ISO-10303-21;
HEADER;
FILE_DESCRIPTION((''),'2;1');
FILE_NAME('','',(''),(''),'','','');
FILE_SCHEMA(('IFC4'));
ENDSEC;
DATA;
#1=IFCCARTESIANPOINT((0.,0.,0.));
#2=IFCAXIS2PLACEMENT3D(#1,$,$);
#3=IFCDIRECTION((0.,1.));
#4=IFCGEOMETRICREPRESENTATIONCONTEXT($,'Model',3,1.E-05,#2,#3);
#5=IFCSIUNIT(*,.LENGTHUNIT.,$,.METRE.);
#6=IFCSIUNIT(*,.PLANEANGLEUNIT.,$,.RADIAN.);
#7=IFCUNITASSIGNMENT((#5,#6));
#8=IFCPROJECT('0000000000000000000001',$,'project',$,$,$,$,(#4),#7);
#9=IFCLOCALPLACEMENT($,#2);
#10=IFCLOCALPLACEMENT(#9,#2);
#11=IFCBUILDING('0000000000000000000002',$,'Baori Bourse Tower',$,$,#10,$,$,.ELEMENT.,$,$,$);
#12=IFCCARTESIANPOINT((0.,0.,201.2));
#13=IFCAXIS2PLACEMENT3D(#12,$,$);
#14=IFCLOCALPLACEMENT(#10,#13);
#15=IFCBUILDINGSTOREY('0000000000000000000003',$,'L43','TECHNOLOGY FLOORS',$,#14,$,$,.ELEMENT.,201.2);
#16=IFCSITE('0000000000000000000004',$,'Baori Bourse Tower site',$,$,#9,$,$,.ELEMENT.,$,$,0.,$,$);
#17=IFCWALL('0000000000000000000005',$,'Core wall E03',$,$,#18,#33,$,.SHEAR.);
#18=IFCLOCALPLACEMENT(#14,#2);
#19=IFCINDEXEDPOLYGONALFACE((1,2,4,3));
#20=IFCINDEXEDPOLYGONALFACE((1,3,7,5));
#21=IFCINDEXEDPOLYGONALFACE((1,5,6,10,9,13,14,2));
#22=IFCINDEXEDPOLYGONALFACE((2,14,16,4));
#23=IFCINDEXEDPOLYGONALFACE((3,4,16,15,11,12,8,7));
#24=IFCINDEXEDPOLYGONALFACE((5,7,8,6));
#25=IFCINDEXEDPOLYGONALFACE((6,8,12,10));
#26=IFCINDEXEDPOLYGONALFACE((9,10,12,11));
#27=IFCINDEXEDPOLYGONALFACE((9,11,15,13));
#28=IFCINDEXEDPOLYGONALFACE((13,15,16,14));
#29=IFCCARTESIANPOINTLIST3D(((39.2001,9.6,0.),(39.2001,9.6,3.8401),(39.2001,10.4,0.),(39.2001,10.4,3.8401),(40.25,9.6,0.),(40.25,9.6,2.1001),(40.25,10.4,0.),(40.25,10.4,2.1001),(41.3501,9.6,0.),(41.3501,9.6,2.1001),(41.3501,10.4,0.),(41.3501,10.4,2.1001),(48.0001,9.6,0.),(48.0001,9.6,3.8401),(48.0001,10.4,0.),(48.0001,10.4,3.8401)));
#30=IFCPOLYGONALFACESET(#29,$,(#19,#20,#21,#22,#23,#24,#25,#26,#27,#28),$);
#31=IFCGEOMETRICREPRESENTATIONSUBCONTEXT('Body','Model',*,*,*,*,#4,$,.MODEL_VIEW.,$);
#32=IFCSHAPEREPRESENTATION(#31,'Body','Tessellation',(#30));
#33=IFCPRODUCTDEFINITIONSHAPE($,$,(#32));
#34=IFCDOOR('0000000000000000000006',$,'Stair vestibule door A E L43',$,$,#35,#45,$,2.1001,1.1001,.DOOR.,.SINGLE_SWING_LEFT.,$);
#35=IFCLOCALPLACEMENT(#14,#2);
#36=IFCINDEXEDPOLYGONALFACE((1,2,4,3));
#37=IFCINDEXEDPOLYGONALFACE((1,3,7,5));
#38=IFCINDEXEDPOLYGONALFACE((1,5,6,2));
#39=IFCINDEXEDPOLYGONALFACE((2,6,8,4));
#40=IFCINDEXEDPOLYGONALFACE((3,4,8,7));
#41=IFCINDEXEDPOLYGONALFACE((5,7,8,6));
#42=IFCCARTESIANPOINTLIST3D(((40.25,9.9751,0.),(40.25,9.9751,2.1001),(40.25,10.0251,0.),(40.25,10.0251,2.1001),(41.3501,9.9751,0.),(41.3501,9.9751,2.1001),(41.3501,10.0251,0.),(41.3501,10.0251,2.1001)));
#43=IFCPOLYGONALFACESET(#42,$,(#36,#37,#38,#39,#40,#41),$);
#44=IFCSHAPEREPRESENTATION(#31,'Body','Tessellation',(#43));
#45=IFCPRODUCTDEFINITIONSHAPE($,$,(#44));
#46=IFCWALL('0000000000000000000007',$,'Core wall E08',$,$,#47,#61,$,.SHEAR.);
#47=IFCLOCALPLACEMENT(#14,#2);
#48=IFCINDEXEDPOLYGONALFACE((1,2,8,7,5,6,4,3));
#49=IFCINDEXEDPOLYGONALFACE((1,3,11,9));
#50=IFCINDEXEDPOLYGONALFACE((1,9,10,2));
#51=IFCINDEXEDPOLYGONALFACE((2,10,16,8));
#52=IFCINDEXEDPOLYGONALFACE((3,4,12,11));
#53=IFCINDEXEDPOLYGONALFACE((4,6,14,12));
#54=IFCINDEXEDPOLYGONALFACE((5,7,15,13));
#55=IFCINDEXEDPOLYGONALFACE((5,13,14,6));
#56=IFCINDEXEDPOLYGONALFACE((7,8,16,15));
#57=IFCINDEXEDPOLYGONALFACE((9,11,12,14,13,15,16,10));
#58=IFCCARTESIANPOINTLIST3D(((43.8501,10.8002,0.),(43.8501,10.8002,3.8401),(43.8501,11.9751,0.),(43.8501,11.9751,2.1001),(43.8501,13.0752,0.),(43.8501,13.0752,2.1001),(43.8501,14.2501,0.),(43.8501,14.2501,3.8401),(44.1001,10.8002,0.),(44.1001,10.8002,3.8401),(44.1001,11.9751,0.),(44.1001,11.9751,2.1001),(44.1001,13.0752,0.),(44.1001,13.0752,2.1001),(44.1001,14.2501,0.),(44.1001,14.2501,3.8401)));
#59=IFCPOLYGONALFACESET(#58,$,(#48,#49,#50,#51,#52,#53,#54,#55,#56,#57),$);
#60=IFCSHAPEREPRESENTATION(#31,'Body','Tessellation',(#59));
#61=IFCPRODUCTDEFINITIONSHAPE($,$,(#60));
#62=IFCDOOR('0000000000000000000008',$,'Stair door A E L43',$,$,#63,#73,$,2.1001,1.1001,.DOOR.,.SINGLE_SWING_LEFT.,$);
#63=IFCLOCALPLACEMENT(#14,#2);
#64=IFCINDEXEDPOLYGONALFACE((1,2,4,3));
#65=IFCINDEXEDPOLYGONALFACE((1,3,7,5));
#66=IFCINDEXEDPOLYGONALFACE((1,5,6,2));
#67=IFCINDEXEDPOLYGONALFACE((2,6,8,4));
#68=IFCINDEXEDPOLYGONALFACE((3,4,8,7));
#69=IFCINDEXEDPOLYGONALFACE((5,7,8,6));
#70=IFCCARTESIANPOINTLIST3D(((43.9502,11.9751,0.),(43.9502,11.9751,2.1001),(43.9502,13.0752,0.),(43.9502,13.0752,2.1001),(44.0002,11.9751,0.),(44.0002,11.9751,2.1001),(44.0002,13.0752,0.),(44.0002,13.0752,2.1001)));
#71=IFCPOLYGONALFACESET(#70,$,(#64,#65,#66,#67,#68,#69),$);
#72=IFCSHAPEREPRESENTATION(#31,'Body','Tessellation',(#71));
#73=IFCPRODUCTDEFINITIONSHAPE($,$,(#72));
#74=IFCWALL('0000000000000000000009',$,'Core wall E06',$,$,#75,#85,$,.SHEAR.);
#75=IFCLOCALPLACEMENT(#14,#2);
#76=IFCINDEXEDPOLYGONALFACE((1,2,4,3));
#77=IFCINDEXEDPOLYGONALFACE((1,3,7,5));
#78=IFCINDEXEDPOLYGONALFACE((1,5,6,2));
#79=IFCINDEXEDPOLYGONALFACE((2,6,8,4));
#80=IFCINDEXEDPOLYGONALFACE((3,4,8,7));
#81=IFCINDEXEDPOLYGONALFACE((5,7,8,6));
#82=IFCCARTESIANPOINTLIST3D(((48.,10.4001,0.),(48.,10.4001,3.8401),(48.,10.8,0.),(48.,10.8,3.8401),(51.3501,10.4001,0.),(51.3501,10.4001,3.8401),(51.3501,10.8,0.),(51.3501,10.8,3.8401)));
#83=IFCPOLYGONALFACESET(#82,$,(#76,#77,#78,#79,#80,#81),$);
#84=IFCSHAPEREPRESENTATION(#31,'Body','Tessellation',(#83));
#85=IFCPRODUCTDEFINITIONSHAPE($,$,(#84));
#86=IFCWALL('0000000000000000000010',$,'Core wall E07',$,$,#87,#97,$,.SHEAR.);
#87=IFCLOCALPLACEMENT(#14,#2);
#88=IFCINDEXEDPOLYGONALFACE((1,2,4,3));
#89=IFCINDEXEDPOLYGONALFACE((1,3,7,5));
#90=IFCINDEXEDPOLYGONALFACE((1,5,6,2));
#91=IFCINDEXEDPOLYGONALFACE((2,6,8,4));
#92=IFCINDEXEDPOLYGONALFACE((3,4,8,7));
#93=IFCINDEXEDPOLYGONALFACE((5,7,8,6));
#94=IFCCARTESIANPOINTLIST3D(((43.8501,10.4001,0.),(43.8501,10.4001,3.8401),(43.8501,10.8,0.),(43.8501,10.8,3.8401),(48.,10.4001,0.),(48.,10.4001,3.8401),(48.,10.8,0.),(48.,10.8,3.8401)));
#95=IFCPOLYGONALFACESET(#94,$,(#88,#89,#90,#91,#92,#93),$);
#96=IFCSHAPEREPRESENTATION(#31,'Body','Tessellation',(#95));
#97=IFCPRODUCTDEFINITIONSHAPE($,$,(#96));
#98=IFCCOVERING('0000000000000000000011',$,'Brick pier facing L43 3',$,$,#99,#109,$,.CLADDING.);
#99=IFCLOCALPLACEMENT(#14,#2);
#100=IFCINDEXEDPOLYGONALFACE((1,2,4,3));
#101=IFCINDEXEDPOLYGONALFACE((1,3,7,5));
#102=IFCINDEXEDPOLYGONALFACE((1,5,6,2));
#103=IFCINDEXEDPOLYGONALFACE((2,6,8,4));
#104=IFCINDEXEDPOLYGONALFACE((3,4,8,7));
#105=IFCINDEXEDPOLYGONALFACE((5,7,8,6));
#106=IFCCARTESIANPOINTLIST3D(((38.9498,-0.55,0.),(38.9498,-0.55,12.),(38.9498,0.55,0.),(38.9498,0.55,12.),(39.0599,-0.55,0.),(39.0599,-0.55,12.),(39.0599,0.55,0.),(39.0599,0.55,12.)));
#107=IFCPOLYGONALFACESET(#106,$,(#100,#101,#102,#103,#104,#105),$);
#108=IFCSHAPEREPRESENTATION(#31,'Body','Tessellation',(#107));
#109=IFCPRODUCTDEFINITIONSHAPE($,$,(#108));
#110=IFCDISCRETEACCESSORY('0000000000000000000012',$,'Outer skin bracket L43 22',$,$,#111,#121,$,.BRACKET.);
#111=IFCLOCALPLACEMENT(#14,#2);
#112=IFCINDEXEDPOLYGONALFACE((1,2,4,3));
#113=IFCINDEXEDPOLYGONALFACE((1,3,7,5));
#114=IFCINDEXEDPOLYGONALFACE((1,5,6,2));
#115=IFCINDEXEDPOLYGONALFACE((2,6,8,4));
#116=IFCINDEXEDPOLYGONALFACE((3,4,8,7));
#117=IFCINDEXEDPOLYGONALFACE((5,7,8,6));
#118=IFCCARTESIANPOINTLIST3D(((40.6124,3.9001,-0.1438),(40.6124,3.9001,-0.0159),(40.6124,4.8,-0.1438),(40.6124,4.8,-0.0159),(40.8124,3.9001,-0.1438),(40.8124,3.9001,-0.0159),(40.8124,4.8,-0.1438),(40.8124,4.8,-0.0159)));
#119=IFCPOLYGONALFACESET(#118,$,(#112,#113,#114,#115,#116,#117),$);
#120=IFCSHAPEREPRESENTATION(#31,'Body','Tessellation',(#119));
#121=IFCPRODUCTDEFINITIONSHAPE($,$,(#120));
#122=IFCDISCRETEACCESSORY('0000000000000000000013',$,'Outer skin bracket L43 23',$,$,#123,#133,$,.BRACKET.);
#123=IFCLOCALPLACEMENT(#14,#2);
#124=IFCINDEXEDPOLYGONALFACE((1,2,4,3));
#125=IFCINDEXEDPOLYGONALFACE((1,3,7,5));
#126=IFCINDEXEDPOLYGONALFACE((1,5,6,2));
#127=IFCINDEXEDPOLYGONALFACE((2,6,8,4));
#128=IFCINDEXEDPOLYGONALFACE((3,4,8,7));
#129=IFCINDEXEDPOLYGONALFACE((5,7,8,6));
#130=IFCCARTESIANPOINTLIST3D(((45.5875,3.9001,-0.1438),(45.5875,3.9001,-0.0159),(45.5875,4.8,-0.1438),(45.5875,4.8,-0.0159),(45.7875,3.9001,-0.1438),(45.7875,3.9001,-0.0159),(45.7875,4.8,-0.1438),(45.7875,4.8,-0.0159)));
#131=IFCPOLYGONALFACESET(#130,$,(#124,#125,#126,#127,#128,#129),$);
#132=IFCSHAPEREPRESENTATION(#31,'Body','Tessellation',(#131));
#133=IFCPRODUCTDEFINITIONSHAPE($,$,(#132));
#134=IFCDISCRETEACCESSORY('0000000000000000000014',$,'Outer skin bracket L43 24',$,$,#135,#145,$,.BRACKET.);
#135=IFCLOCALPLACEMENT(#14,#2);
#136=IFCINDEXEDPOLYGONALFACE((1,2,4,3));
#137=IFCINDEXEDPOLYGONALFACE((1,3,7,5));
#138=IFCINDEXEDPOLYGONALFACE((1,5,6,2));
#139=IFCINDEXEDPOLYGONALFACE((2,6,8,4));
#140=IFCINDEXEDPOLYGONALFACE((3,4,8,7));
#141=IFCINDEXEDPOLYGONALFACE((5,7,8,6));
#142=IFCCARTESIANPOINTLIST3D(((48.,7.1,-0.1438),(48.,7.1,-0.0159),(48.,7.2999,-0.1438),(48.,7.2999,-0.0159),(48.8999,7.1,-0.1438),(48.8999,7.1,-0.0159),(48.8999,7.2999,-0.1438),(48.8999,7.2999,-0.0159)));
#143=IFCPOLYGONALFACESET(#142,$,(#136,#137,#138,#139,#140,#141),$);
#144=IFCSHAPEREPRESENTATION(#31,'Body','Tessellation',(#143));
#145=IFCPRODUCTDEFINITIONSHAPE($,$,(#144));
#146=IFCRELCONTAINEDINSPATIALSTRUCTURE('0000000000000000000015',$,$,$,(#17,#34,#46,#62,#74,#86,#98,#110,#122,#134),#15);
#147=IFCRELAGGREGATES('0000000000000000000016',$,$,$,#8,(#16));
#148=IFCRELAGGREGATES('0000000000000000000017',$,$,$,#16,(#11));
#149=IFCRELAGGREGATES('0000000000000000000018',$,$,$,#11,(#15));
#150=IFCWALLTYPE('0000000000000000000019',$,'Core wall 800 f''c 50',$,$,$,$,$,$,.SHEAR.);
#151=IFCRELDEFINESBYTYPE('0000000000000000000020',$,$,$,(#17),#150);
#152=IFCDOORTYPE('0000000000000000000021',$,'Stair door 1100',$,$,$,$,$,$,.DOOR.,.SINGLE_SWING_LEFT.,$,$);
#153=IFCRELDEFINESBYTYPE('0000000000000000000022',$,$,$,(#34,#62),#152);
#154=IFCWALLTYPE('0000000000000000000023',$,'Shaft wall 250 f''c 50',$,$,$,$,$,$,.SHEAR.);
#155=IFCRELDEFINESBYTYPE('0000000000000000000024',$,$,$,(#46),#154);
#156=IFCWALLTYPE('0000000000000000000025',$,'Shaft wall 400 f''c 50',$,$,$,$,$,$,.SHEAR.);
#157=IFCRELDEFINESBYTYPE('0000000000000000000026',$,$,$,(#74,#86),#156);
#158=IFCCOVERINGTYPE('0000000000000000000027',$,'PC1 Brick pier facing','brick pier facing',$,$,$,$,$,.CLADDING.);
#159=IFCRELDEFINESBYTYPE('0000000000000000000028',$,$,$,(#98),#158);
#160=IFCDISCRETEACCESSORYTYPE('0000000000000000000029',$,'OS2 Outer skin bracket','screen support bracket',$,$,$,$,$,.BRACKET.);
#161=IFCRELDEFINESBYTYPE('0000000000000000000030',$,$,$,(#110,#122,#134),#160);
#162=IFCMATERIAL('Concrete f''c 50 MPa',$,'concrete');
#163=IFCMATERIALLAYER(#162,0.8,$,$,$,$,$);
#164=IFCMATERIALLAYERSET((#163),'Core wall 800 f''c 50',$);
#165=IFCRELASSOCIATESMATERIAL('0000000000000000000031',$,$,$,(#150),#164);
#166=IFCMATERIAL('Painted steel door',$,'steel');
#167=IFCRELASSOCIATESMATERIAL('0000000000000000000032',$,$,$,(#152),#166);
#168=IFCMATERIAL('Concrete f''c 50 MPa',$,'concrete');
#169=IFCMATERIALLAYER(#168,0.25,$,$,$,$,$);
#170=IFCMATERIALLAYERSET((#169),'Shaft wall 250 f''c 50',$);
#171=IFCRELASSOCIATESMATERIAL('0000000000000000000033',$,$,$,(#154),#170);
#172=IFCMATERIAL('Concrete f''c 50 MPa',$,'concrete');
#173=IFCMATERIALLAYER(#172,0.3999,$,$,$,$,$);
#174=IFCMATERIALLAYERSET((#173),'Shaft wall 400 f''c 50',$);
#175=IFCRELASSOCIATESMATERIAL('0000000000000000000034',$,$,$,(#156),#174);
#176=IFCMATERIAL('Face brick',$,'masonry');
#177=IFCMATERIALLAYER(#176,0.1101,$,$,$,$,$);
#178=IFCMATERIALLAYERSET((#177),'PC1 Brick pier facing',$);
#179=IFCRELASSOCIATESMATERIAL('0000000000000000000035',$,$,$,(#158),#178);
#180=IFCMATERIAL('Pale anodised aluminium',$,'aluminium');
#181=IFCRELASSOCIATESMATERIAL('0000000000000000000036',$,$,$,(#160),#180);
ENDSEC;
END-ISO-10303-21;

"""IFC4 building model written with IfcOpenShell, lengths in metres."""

from ifc_helpers import new_model, si_unit, direction, frame, frame_2d, origin, origin_2d, place, context, subcontext, project, spatial, rectangle, extrude, material, layer, layer_set, type_object, element, fill, save


model = new_model("IFC4")

# Units and contexts
model_context = context("Model", 3, precision=1e-05, world=origin(), true_north=direction((0.0, 1.0)))
body_context = subcontext(model_context, "Body", "Model", "MODEL_VIEW")
ifc_project = project(units=[si_unit("LENGTHUNIT", "METRE"), si_unit("PLANEANGLEUNIT", "RADIAN")], contexts=[model_context])

# Site, building, storey
site_placement = place(None, origin())
site = spatial("IfcSite", under=ifc_project, at=site_placement, Name="Baori Bourse Tower site", CompositionType="ELEMENT", RefElevation=0.0)
building_placement = place(site_placement, origin())
building = spatial("IfcBuilding", under=site, at=building_placement, Name="Baori Bourse Tower", CompositionType="ELEMENT")
storey_placement = place(building_placement, frame((0.0, 0.0, 201.2)))
storey = spatial("IfcBuildingStorey", under=building, at=storey_placement, Name="L43", Description="TECHNOLOGY FLOORS", CompositionType="ELEMENT", Elevation=201.2)

# Shared definitions
ifc_material_1 = material(Name="Concrete f'c 50 MPa", Category="concrete")
ifc_layer_1 = layer(ifc_material_1, 0.8)
ifc_layer_set_1 = layer_set([ifc_layer_1], Name="Core wall 800 f'c 50")
wall_type_1 = type_object("IfcWallType", Name="Core wall 800 f'c 50", PredefinedType="SHEAR", material=ifc_layer_set_1)

# Walls, openings, doors
wall_1_placement = place(storey_placement, frame((48.0, 10.0, 0.0), z_axis=(0.0, 0.0, 1.0), x_axis=(-1.0, 0.0, 0.0)))
wall_1 = element("IfcWall", 1, at=wall_1_placement, inside=storey, type_object=wall_type_1, Name="Core wall E03", PredefinedType="SHEAR", context=body_context, shape_type="SweptSolid", body=[
    extrude(rectangle(XDim=8.8, YDim=0.8, at=frame_2d((4.3999, 0.0))), origin(), (0.0, 0.0, 1.0), 3.8401),
])
opening_1_placement = place(wall_1_placement, frame((6.6499, 0.0, 0.0)))
opening_1 = element("IfcOpeningElement", 2, at=opening_1_placement, cuts=wall_1, PredefinedType="OPENING", context=body_context, shape_type="SweptSolid", body=[
    extrude(rectangle(XDim=1.1001, YDim=2.1001, at=frame_2d((0.55, 1.05))), frame((0.0, 0.4099, 0.0), z_axis=(0.0, -1.0, 0.0), x_axis=(1.0, 0.0, 0.0)), (0.0, 0.0, 1.0), 0.8201),
])
ifc_material_2 = material(Name="Painted steel door", Category="steel")
door_type = type_object("IfcDoorType", Name="Stair door 1100", OperationType="SINGLE_SWING_LEFT", PredefinedType="DOOR", material=ifc_material_2)
door_1_placement = place(opening_1_placement, origin())
door_1 = element("IfcDoor", 3, at=door_1_placement, inside=storey, type_object=door_type, Name="Stair vestibule door A E L43", OperationType="SINGLE_SWING_LEFT", OverallHeight=2.1001, OverallWidth=1.1001, PredefinedType="DOOR", context=body_context, shape_type="SweptSolid", body=[
    extrude(rectangle(XDim=1.1001, YDim=2.1001, at=frame_2d((0.55, 1.05))), frame((0.0, 0.0249, 0.0), z_axis=(0.0, -1.0, 0.0), x_axis=(1.0, 0.0, 0.0)), (0.0, 0.0, 1.0), 0.05),
])
fill(opening_1, door_1)
ifc_material_3 = material(Name="Concrete f'c 50 MPa", Category="concrete")
ifc_layer_2 = layer(ifc_material_3, 0.25)
ifc_layer_set_2 = layer_set([ifc_layer_2], Name="Shaft wall 250 f'c 50")
wall_type_2 = type_object("IfcWallType", Name="Shaft wall 250 f'c 50", PredefinedType="SHEAR", material=ifc_layer_set_2)
wall_2_placement = place(storey_placement, frame((43.9751, 10.8, 0.0), z_axis=(0.0, 0.0, 1.0), x_axis=(0.0, 1.0, 0.0)))
wall_2 = element("IfcWall", 4, at=wall_2_placement, inside=storey, type_object=wall_type_2, Name="Core wall E08", PredefinedType="SHEAR", context=body_context, shape_type="SweptSolid", body=[
    extrude(rectangle(XDim=3.45, YDim=0.25, at=frame_2d((1.7251, 0.0))), origin(), (0.0, 0.0, 1.0), 3.8401),
])
opening_2_placement = place(wall_2_placement, frame((1.175, 0.0, 0.0)))
opening_2 = element("IfcOpeningElement", 5, at=opening_2_placement, cuts=wall_2, PredefinedType="OPENING", context=body_context, shape_type="SweptSolid", body=[
    extrude(rectangle(XDim=1.1001, YDim=2.1001, at=frame_2d((0.55, 1.05))), frame((0.0, 0.135, 0.0), z_axis=(0.0, -1.0, 0.0), x_axis=(1.0, 0.0, 0.0)), (0.0, 0.0, 1.0), 0.27),
])
door_2_placement = place(opening_2_placement, origin())
door_2 = element("IfcDoor", 6, at=door_2_placement, inside=storey, type_object=door_type, Name="Stair door A E L43", OperationType="SINGLE_SWING_LEFT", OverallHeight=2.1001, OverallWidth=1.1001, PredefinedType="DOOR", context=body_context, shape_type="SweptSolid", body=[
    extrude(rectangle(XDim=1.1001, YDim=2.1001, at=frame_2d((0.55, 1.05))), frame((0.0, 0.0249, 0.0), z_axis=(0.0, -1.0, 0.0), x_axis=(1.0, 0.0, 0.0)), (0.0, 0.0, 1.0), 0.05),
])
fill(opening_2, door_2)

# Walls
ifc_material_4 = material(Name="Concrete f'c 50 MPa", Category="concrete")
ifc_layer_3 = layer(ifc_material_4, 0.3999)
ifc_layer_set_3 = layer_set([ifc_layer_3], Name="Shaft wall 400 f'c 50")
wall_type_3 = type_object("IfcWallType", Name="Shaft wall 400 f'c 50", PredefinedType="SHEAR", material=ifc_layer_set_3)
wall_3_placement = place(storey_placement, frame((48.0, 10.6001, 0.0), z_axis=(0.0, 0.0, 1.0), x_axis=(1.0, 0.0, 0.0)))
element("IfcWall", 7, at=wall_3_placement, inside=storey, type_object=wall_type_3, Name="Core wall E06", PredefinedType="SHEAR", context=body_context, shape_type="SweptSolid", body=[
    extrude(rectangle(XDim=3.3501, YDim=0.3999, at=frame_2d((1.675, 0.0))), origin(), (0.0, 0.0, 1.0), 3.8401),
])
wall_4_placement = place(storey_placement, frame((43.8501, 10.6001, 0.0), z_axis=(0.0, 0.0, 1.0), x_axis=(1.0, 0.0, 0.0)))
element("IfcWall", 8, at=wall_4_placement, inside=storey, type_object=wall_type_3, Name="Core wall E07", PredefinedType="SHEAR", context=body_context, shape_type="SweptSolid", body=[
    extrude(rectangle(XDim=4.1499, YDim=0.3999, at=frame_2d((2.075, 0.0))), origin(), (0.0, 0.0, 1.0), 3.8401),
])

# Covering
ifc_material_5 = material(Name="Face brick", Category="masonry")
ifc_layer_4 = layer(ifc_material_5, 0.1101)
ifc_layer_set_4 = layer_set([ifc_layer_4], Name="PC1 Brick pier facing")
covering_type = type_object("IfcCoveringType", Name="PC1 Brick pier facing", Description="brick pier facing", PredefinedType="CLADDING", material=ifc_layer_set_4)
covering_placement = place(storey_placement, frame((39.0049, 0.0, 0.0), z_axis=(0.0, 0.0, 1.0), x_axis=(1.0, 0.0, 0.0)))
element("IfcCovering", 9, at=covering_placement, inside=storey, type_object=covering_type, Name="Brick pier facing L43 3", PredefinedType="CLADDING", context=body_context, shape_type="SweptSolid", body=[
    extrude(rectangle(XDim=0.1101, YDim=1.1001, at=origin_2d()), origin(), (0.0, 0.0, 1.0), 12.0),
])

# Discrete accessories
ifc_material_6 = material(Name="Pale anodised aluminium", Category="aluminium")
discrete_accessory_type = type_object("IfcDiscreteAccessoryType", Name="OS2 Outer skin bracket", Description="screen support bracket", PredefinedType="BRACKET", material=ifc_material_6)
for number, where, z_axis, x_axis, name in (
    (10, (40.7124, 4.3501, -0.1438), (0.0, 0.0, 1.0), (1.0, 0.0, 0.0), "Outer skin bracket L43 22"),
    (11, (45.6875, 4.3501, -0.1438), (0.0, 0.0, 1.0), (1.0, 0.0, 0.0), "Outer skin bracket L43 23"),
    (12, (48.45, 7.2, -0.1438), (0.0, 0.0, 1.0), (0.0, 1.0, 0.0), "Outer skin bracket L43 24"),
):
    element("IfcDiscreteAccessory", number, at=place(storey_placement, frame(where, z_axis=z_axis, x_axis=x_axis)), inside=storey, type_object=discrete_accessory_type, Name=name, PredefinedType="BRACKET", context=body_context, shape_type="SweptSolid", body=[
        extrude(rectangle(XDim=0.2, YDim=0.8999, at=origin_2d()), origin(), (0.0, 0.0, 1.0), 0.1279),
    ])

save(model, "model.ifc")
